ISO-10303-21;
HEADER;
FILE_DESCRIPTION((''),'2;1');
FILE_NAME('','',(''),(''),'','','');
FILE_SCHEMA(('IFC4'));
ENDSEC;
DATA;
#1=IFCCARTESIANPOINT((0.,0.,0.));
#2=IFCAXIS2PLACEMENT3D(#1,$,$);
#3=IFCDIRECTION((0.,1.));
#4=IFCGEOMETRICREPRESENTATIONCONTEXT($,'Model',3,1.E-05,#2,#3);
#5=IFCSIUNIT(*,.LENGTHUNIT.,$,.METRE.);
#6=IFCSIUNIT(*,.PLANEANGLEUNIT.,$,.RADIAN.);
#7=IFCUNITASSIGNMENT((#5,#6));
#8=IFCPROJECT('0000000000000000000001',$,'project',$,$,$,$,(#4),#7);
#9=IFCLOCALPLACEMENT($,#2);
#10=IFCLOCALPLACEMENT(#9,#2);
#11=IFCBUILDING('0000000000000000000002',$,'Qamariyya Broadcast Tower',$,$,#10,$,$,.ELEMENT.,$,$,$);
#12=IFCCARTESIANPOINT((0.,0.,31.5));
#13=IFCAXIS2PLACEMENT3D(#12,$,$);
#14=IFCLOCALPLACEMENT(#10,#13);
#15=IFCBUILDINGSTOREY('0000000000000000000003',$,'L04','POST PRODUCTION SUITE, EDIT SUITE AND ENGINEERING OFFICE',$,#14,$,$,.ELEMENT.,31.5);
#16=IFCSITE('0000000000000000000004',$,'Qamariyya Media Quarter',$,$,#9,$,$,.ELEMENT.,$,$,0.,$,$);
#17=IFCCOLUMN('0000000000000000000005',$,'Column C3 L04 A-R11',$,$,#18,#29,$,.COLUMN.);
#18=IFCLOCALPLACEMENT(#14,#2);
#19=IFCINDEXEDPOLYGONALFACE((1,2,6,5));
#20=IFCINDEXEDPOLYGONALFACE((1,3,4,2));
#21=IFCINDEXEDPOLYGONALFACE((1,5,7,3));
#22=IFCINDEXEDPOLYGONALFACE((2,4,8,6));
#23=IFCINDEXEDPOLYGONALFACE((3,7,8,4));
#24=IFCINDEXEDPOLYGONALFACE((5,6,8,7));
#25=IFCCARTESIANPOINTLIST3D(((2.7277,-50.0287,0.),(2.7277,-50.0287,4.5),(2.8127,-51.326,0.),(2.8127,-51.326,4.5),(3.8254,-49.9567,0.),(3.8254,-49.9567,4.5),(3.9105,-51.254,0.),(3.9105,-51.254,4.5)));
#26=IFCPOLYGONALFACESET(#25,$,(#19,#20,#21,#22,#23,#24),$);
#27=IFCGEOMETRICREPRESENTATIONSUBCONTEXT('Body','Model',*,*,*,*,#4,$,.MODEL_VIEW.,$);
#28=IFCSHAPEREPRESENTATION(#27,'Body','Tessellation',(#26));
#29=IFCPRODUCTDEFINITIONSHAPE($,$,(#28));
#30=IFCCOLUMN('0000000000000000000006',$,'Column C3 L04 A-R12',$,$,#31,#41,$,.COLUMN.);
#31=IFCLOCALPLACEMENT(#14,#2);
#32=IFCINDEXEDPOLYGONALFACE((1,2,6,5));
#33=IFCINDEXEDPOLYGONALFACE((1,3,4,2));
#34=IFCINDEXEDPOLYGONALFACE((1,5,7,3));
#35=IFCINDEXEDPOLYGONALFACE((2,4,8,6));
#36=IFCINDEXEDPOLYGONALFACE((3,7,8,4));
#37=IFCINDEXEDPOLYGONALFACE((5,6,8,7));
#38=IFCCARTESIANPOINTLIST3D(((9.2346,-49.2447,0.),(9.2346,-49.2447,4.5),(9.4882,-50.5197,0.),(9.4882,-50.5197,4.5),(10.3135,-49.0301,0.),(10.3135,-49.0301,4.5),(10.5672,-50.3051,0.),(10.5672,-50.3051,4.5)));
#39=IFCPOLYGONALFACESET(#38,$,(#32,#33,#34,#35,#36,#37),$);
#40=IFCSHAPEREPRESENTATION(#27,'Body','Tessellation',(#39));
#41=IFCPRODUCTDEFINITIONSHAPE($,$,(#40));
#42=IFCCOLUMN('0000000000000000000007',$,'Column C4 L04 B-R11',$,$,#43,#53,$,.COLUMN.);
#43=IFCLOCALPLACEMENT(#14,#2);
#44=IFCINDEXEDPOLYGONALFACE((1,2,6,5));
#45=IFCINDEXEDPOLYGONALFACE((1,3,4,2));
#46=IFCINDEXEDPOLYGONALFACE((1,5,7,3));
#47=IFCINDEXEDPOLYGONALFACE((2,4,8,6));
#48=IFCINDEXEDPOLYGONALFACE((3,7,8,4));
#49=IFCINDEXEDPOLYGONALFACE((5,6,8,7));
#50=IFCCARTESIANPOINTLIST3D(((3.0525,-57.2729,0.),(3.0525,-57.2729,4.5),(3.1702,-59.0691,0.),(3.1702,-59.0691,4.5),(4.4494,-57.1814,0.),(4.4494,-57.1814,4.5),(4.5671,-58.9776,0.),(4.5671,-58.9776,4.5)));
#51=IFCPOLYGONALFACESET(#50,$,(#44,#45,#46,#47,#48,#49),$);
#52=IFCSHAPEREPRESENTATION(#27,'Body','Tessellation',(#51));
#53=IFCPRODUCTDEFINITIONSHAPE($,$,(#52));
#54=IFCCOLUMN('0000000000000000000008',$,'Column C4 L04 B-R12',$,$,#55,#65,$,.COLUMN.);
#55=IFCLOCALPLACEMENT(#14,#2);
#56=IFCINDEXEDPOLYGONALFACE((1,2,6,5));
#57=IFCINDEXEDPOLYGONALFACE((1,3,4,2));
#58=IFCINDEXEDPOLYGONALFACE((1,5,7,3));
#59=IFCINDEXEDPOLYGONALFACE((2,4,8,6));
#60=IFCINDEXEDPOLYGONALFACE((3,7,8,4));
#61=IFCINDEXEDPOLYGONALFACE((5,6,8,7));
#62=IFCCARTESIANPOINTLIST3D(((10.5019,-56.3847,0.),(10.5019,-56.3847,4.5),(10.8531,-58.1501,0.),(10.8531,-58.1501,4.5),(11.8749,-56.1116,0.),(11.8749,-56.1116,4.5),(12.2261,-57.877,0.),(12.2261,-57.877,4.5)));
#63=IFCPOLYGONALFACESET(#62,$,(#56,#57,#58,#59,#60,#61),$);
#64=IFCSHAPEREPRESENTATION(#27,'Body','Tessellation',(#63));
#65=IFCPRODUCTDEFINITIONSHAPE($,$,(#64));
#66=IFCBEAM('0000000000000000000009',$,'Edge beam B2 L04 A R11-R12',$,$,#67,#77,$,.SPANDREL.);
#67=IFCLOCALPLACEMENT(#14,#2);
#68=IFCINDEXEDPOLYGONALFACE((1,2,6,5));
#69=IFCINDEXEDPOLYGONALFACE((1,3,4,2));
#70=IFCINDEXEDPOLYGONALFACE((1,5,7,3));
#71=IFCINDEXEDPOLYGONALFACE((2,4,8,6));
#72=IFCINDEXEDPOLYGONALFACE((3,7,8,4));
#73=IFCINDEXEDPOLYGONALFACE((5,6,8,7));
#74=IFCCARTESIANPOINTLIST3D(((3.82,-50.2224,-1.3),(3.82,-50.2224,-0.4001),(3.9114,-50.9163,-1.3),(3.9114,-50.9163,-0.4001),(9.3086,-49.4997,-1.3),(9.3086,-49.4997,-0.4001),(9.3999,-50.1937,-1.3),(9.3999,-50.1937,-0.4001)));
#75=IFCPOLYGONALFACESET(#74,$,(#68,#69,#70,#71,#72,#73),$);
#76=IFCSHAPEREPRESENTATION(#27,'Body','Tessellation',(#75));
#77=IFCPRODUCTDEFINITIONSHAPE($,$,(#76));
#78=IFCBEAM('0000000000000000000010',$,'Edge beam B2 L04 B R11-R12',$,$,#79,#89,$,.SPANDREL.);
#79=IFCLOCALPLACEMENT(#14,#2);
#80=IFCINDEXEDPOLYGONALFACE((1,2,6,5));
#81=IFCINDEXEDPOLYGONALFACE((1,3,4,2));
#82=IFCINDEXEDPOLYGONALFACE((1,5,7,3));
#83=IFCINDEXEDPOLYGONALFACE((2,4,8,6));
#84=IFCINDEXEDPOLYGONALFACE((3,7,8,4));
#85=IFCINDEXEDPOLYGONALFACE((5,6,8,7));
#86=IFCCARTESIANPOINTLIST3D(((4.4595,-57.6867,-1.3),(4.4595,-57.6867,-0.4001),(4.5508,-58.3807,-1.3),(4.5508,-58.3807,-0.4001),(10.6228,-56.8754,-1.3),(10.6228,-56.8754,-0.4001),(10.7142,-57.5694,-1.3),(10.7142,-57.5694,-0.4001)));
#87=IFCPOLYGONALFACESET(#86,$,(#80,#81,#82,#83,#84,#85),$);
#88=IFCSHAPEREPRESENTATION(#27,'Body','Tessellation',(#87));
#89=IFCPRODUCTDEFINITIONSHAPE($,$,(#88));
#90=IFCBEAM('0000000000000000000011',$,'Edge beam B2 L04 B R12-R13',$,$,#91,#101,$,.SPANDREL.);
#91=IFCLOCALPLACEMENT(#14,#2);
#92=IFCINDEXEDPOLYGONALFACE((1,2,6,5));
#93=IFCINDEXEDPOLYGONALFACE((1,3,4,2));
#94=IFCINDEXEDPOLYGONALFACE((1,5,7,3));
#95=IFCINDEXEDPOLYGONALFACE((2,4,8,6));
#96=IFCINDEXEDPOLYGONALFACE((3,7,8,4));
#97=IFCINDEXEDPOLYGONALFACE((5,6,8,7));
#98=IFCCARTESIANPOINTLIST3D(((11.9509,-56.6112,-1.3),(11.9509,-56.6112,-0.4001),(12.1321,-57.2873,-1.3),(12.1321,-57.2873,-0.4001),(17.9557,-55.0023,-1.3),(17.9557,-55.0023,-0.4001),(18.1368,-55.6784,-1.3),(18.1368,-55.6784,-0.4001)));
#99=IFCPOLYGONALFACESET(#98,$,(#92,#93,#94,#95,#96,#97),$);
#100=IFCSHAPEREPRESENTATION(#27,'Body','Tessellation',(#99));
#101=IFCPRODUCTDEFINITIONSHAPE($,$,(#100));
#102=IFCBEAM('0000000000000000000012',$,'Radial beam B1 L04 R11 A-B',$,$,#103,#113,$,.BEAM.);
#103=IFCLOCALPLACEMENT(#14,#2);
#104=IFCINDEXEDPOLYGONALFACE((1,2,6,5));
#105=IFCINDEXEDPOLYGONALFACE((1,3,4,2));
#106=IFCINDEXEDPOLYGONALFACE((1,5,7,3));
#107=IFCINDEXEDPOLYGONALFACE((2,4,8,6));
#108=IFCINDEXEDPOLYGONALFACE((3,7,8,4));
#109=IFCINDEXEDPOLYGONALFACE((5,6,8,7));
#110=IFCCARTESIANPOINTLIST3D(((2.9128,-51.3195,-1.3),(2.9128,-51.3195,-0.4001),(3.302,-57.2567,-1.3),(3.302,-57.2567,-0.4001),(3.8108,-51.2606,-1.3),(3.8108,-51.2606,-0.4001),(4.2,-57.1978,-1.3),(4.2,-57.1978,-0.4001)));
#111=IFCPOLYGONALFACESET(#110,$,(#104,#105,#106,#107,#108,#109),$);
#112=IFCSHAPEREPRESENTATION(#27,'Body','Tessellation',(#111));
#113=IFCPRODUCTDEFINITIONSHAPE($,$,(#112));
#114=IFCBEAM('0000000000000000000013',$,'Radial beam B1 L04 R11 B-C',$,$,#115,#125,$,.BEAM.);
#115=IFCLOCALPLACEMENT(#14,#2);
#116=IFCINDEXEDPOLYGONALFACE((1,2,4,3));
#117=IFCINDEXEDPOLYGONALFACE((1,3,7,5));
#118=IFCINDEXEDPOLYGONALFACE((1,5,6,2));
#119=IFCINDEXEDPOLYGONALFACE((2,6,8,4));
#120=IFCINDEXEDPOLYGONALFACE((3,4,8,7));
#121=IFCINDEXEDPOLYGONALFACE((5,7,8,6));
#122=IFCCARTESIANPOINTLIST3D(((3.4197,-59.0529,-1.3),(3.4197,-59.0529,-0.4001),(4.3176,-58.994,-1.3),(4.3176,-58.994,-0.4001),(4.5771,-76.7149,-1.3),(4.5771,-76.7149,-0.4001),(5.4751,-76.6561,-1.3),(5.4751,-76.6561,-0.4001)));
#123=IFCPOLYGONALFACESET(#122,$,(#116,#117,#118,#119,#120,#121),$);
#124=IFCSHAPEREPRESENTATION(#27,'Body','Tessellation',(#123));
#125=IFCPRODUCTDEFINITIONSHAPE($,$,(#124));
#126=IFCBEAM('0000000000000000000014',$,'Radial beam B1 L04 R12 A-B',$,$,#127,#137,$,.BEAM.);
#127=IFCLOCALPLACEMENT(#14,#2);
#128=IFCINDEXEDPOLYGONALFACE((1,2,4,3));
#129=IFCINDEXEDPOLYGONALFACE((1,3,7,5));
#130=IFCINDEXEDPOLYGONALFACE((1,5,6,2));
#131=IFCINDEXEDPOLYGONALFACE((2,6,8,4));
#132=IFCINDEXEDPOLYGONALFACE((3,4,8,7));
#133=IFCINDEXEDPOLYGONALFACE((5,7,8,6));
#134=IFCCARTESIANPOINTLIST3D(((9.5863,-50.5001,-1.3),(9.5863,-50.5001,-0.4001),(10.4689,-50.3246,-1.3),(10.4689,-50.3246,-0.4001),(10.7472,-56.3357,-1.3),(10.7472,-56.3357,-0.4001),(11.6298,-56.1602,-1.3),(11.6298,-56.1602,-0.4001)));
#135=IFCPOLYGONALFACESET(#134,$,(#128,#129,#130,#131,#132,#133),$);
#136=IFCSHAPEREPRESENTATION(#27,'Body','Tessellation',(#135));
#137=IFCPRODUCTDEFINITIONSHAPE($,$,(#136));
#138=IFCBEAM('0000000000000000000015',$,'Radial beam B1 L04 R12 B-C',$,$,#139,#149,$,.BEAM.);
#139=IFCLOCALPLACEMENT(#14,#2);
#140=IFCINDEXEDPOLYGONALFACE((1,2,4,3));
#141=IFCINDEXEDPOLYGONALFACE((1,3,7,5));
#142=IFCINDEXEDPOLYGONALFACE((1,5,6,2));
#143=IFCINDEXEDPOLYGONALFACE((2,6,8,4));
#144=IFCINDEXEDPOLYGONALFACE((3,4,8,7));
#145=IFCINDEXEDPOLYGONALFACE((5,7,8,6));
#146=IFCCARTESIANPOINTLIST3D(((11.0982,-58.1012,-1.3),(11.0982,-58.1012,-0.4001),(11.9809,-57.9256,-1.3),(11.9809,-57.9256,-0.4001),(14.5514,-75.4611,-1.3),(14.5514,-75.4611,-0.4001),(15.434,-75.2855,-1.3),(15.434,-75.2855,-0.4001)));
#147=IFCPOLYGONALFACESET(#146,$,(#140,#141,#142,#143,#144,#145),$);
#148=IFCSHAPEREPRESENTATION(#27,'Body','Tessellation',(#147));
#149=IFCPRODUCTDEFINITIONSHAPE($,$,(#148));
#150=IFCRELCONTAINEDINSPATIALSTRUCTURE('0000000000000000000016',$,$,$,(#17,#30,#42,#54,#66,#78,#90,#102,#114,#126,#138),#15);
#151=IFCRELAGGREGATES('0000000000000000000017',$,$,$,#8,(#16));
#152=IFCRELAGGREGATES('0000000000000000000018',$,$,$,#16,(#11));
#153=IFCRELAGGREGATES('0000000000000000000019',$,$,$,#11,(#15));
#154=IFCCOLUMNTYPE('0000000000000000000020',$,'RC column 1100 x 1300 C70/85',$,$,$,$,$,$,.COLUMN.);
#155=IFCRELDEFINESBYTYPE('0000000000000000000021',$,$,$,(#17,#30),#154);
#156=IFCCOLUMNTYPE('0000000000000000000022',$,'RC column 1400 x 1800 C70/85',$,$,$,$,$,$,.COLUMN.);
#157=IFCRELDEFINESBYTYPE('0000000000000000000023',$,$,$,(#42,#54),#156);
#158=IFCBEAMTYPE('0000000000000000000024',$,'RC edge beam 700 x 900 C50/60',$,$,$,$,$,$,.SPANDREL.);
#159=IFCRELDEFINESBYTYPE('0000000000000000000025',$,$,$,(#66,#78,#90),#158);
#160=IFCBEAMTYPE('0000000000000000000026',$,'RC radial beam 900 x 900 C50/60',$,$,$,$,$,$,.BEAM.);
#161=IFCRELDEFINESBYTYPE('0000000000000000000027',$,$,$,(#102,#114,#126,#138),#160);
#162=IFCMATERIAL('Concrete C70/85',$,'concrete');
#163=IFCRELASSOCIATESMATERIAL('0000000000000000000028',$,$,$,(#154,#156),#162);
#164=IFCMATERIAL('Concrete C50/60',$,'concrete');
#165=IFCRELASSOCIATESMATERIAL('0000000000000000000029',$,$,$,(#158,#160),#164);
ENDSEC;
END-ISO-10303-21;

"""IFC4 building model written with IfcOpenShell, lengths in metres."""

from ifc_helpers import new_model, si_unit, direction, frame, origin, origin_2d, place, context, subcontext, project, spatial, rectangle, extrude, material, material_profile, profile_set, type_object, element, save


model = new_model("IFC4")

# Units and contexts
model_context = context("Model", 3, precision=1e-05, world=origin(), true_north=direction((0.0, 1.0)))
body_context = subcontext(model_context, "Body", "Model", "MODEL_VIEW")
ifc_project = project(units=[si_unit("LENGTHUNIT", "METRE"), si_unit("PLANEANGLEUNIT", "RADIAN")], contexts=[model_context])

# Site, building, storey
site_placement = place(None, origin())
site = spatial("IfcSite", under=ifc_project, at=site_placement, Name="Qamariyya Media Quarter", CompositionType="ELEMENT", RefElevation=0.0)
building_placement = place(site_placement, origin())
building = spatial("IfcBuilding", under=site, at=building_placement, Name="Qamariyya Broadcast Tower", CompositionType="ELEMENT")
storey_placement = place(building_placement, frame((0.0, 0.0, 31.5)))
storey = spatial("IfcBuildingStorey", under=building, at=storey_placement, Name="L04", Description="POST PRODUCTION SUITE, EDIT SUITE AND ENGINEERING OFFICE", CompositionType="ELEMENT", Elevation=31.5)

# Columns
ifc_material_1 = material(Name="Concrete C70/85", Category="concrete")
ifc_material_profile_1 = material_profile(ifc_material_1, rectangle(XDim=1.1001, YDim=1.3, at=origin_2d()))
ifc_profile_set_1 = profile_set([ifc_material_profile_1], Name="Concrete C70/85")
column_type_1 = type_object("IfcColumnType", Name="RC column 1100 x 1300 C70/85", PredefinedType="COLUMN", material=ifc_profile_set_1)
for number, where, z_axis, x_axis, name in (
    (1, (3.3191, -50.6414, 0.0), (0.0, 0.0, 1.0), (0.997859, 0.065403, 0.0), "Column C3 L04 A-R11"),
    (2, (9.9009, -49.7749, 0.0), (0.0, 0.0, 1.0), (0.980785, 0.19509, 0.0), "Column C3 L04 A-R12"),
):
    element("IfcColumn", number, at=place(storey_placement, frame(where, z_axis=z_axis, x_axis=x_axis)), inside=storey, type_object=column_type_1, Name=name, PredefinedType="COLUMN", context=body_context, shape_type="SweptSolid", body=[
        extrude(rectangle(XDim=1.1001, YDim=1.3, at=origin_2d()), origin(), (0.0, 0.0, 1.0), 4.5),
    ])
ifc_material_profile_2 = material_profile(ifc_material_1, rectangle(XDim=1.3999, YDim=1.8, at=origin_2d()))
ifc_profile_set_2 = profile_set([ifc_material_profile_2], Name="Concrete C70/85")
column_type_2 = type_object("IfcColumnType", Name="RC column 1400 x 1800 C70/85", PredefinedType="COLUMN", material=ifc_profile_set_2)
for number, where, z_axis, x_axis, name in (
    (3, (3.8098, -58.1252, 0.0), (0.0, 0.0, 1.0), (0.997859, 0.065403, 0.0), "Column C4 L04 B-R11"),
    (4, (11.364, -57.1309, 0.0), (0.0, 0.0, 1.0), (0.980785, 0.19509, 0.0), "Column C4 L04 B-R12"),
):
    element("IfcColumn", number, at=place(storey_placement, frame(where, z_axis=z_axis, x_axis=x_axis)), inside=storey, type_object=column_type_2, Name=name, PredefinedType="COLUMN", context=body_context, shape_type="SweptSolid", body=[
        extrude(rectangle(XDim=1.3999, YDim=1.8, at=origin_2d()), origin(), (0.0, 0.0, 1.0), 4.5),
    ])

# Beams
ifc_material_2 = material(Name="Concrete C50/60", Category="concrete")
ifc_material_profile_3 = material_profile(ifc_material_2, rectangle(XDim=0.7, YDim=0.8999, at=origin_2d()))
ifc_profile_set_3 = profile_set([ifc_material_profile_3], Name="Concrete C50/60")
beam_type_1 = type_object("IfcBeamType", Name="RC edge beam 700 x 900 C50/60", PredefinedType="SPANDREL", material=ifc_profile_set_3)
beam_1_placement = place(storey_placement, frame((3.8657, -50.5693, -0.8501), z_axis=(0.991443, 0.13054, 0.0), x_axis=(-0.13054, 0.991443, 0.0)))
element("IfcBeam", 5, at=beam_1_placement, inside=storey, type_object=beam_type_1, Name="Edge beam B2 L04 A R11-R12", PredefinedType="SPANDREL", context=body_context, shape_type="SweptSolid", body=[
    extrude(rectangle(XDim=0.7, YDim=0.8999, at=origin_2d()), origin(), (0.0, 0.0, 1.0), 5.5359),
])
for number, where, z_axis, x_axis, name in (
    (6, (4.5051, -58.0337, -0.8501), (0.991448, 0.130504, 0.0), (-0.130504, 0.991448, 0.0), "Edge beam B2 L04 B R11-R12"),
    (7, (12.0415, -56.9492, -0.8501), (0.965928, 0.258811, 0.0), (-0.258811, 0.965928, 0.0), "Edge beam B2 L04 B R12-R13"),
):
    element("IfcBeam", number, at=place(storey_placement, frame(where, z_axis=z_axis, x_axis=x_axis)), inside=storey, type_object=beam_type_1, Name=name, PredefinedType="SPANDREL", context=body_context, shape_type="SweptSolid", body=[
        extrude(rectangle(XDim=0.7, YDim=0.8999, at=origin_2d()), origin(), (0.0, 0.0, 1.0), 6.2166),
    ])
ifc_material_profile_4 = material_profile(ifc_material_2, rectangle(XDim=0.8999, YDim=0.8999, at=origin_2d()))
ifc_profile_set_4 = profile_set([ifc_material_profile_4], Name="Concrete C50/60")
beam_type_2 = type_object("IfcBeamType", Name="RC radial beam 900 x 900 C50/60", PredefinedType="BEAM", material=ifc_profile_set_4)
beam_2_placement = place(storey_placement, frame((3.3618, -51.29, -0.8501), z_axis=(0.065405, -0.997859, 0.0), x_axis=(0.997859, 0.065405, 0.0)))
element("IfcBeam", 8, at=beam_2_placement, inside=storey, type_object=beam_type_2, Name="Radial beam B1 L04 R11 A-B", PredefinedType="BEAM", context=body_context, shape_type="SweptSolid", body=[
    extrude(rectangle(XDim=0.8999, YDim=0.8999, at=origin_2d()), origin(), (0.0, 0.0, 1.0), 5.95),
])
beam_3_placement = place(storey_placement, frame((3.8687, -59.0234, -0.8501), z_axis=(0.065394, -0.99786, 0.0), x_axis=(0.99786, 0.065394, 0.0)))
element("IfcBeam", 9, at=beam_3_placement, inside=storey, type_object=beam_type_2, Name="Radial beam B1 L04 R11 B-C", PredefinedType="BEAM", context=body_context, shape_type="SweptSolid", body=[
    extrude(rectangle(XDim=0.8999, YDim=0.8999, at=origin_2d()), origin(), (0.0, 0.0, 1.0), 17.7),
])
beam_4_placement = place(storey_placement, frame((10.0276, -50.4124, -0.8501), z_axis=(0.195106, -0.980782, 0.0), x_axis=(0.980782, 0.195106, 0.0)))
element("IfcBeam", 10, at=beam_4_placement, inside=storey, type_object=beam_type_2, Name="Radial beam B1 L04 R12 A-B", PredefinedType="BEAM", context=body_context, shape_type="SweptSolid", body=[
    extrude(rectangle(XDim=0.8999, YDim=0.8999, at=origin_2d()), origin(), (0.0, 0.0, 1.0), 5.95),
])
beam_5_placement = place(storey_placement, frame((11.5396, -58.0134, -0.8501), z_axis=(0.195092, -0.980785, 0.0), x_axis=(0.980785, 0.195092, 0.0)))
element("IfcBeam", 11, at=beam_5_placement, inside=storey, type_object=beam_type_2, Name="Radial beam B1 L04 R12 B-C", PredefinedType="BEAM", context=body_context, shape_type="SweptSolid", body=[
    extrude(rectangle(XDim=0.8999, YDim=0.8999, at=origin_2d()), origin(), (0.0, 0.0, 1.0), 17.7),
])

save(model, "model.ifc")
